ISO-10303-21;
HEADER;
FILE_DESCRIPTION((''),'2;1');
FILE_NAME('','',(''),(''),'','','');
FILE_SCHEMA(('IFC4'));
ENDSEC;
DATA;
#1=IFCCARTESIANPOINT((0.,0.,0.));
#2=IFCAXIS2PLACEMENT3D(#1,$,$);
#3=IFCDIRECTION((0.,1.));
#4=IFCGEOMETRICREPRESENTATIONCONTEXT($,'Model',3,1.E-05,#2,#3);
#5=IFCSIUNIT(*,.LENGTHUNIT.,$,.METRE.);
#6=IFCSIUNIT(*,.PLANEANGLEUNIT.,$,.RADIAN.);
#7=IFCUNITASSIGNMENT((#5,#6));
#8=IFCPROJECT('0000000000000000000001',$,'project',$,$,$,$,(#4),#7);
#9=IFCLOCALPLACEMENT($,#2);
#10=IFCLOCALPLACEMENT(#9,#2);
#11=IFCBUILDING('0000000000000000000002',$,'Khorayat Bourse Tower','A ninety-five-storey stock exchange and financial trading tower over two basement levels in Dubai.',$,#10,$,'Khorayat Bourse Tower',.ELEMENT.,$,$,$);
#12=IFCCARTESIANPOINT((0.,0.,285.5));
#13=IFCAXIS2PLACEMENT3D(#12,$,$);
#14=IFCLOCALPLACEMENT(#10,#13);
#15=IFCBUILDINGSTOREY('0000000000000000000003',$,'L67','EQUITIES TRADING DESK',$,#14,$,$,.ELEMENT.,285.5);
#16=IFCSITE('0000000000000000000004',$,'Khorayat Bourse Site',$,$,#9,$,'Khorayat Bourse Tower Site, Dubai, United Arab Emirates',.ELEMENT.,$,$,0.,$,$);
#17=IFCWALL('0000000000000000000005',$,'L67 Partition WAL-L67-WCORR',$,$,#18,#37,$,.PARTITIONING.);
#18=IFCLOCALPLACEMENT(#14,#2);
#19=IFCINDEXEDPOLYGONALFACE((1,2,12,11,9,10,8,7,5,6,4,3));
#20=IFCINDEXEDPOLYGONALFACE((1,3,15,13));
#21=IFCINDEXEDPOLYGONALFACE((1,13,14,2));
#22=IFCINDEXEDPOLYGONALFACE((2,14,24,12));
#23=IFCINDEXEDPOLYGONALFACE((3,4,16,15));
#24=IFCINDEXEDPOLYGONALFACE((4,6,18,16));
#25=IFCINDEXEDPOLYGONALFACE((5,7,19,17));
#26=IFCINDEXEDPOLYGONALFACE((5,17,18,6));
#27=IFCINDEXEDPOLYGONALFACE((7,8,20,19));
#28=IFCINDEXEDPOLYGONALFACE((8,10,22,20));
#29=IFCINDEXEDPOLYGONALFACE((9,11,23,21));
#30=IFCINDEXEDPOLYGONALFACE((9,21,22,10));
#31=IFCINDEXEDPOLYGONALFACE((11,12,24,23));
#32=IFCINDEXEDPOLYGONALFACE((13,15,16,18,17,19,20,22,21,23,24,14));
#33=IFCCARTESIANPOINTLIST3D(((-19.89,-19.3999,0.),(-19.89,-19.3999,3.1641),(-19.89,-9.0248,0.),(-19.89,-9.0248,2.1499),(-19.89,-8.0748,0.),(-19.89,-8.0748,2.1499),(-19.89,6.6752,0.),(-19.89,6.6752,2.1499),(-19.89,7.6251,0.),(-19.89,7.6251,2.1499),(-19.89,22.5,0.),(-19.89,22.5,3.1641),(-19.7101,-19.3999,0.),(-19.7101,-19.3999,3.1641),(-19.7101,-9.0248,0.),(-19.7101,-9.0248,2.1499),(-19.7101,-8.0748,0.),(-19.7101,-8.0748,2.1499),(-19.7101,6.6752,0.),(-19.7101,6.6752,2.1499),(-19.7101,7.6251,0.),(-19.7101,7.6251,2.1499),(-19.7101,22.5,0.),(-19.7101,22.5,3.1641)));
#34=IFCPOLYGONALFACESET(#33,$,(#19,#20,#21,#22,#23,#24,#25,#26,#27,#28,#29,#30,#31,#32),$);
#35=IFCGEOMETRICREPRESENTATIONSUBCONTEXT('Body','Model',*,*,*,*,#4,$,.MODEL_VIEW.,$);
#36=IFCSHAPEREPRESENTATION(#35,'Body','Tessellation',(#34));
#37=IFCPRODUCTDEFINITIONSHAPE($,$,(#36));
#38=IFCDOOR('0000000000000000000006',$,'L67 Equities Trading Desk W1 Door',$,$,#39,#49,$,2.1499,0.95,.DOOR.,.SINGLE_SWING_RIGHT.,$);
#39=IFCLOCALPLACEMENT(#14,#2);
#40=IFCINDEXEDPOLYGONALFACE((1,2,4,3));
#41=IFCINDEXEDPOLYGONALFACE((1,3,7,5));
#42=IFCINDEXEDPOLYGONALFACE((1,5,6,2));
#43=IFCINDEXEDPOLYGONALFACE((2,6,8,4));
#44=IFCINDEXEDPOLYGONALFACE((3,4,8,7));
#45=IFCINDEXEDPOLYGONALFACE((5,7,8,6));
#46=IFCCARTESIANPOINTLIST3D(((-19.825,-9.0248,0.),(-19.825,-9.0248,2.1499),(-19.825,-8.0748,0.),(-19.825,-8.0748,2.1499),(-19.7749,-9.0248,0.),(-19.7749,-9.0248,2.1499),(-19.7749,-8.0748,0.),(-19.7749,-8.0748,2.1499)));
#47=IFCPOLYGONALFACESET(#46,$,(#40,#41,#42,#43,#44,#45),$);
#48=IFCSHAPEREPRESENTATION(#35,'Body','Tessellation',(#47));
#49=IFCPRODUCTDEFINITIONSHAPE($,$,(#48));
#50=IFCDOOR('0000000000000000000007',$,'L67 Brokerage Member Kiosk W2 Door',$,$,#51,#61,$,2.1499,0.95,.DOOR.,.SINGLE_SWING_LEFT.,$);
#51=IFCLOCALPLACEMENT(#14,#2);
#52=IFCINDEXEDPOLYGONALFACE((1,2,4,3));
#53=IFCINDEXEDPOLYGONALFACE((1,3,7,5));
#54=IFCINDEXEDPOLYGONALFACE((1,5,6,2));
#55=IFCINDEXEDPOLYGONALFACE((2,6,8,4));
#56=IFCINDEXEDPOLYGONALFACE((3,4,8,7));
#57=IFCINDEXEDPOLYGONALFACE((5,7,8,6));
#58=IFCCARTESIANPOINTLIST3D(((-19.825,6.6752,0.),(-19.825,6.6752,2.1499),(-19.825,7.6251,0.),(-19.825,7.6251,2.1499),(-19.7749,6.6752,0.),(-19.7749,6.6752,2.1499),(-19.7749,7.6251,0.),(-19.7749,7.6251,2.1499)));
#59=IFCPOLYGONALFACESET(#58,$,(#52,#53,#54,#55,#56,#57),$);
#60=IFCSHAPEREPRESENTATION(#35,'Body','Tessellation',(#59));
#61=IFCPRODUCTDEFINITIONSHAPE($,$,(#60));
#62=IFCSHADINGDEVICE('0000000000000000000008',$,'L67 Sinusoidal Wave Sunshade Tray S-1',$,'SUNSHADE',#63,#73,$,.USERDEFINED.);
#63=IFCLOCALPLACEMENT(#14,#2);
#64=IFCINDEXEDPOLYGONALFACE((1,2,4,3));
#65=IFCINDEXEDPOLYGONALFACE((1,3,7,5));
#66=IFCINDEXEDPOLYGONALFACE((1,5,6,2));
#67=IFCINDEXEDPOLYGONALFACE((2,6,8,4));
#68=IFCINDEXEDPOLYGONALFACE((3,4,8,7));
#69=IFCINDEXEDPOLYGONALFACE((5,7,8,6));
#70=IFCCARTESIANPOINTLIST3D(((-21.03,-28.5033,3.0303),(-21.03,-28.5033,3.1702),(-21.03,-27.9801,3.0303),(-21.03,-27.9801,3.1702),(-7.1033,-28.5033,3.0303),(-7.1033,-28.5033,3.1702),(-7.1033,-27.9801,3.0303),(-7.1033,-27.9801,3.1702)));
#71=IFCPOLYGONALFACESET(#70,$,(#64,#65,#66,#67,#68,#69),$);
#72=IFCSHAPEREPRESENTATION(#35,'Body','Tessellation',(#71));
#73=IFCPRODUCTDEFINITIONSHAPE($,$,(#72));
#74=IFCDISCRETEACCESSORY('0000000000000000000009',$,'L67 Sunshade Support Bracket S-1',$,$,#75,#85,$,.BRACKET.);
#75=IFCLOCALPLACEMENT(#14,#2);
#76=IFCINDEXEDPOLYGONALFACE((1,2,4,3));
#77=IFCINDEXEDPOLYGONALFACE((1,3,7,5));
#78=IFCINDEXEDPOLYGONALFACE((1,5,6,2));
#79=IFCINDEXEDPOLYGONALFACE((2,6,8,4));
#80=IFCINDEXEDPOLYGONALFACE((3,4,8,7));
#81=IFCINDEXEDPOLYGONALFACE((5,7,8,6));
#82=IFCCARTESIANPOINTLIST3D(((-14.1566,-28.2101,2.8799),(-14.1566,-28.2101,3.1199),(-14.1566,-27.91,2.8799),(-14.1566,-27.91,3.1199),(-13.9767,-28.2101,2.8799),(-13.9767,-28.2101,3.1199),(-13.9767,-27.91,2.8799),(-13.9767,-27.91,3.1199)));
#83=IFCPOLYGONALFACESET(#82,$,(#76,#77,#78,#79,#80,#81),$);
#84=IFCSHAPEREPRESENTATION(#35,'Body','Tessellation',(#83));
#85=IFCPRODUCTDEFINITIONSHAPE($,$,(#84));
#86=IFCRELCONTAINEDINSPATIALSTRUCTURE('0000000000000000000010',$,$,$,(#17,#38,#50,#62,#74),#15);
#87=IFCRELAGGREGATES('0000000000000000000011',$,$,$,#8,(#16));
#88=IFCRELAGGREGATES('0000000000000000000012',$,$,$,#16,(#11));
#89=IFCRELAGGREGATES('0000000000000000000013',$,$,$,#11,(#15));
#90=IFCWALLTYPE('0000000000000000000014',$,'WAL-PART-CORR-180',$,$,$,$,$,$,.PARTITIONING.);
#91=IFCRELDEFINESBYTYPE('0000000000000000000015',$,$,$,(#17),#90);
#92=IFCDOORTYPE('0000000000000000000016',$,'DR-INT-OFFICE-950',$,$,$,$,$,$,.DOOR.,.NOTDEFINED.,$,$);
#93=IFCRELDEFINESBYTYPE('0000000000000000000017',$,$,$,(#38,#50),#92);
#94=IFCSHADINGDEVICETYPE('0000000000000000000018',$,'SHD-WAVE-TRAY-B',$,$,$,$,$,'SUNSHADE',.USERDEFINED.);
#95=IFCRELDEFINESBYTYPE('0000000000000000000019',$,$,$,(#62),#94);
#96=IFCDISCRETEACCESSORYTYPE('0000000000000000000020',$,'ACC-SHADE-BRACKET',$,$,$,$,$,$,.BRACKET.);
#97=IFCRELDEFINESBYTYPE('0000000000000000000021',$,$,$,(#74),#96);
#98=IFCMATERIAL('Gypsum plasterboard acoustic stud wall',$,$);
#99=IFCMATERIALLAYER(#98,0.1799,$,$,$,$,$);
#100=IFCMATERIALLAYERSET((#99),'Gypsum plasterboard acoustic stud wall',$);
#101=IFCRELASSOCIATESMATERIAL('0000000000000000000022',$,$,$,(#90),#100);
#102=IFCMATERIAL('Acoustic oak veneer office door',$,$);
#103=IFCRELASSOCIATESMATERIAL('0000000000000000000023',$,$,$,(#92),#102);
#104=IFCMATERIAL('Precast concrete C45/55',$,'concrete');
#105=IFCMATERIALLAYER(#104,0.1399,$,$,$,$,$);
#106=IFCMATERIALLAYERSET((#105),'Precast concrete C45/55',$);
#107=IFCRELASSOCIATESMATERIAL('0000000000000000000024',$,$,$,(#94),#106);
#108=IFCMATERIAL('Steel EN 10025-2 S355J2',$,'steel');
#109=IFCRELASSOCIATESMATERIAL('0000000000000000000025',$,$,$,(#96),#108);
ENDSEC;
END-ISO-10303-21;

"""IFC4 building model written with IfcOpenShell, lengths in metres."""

from ifc_helpers import new_model, si_unit, direction, frame, frame_2d, origin, origin_2d, place, context, subcontext, project, spatial, rectangle, extrude, source, transform, mapped, material, layer, layer_set, type_object, element, fill, save


model = new_model("IFC4")

# Units and contexts
model_context = context("Model", 3, precision=1e-05, world=origin(), true_north=direction((0.0, 1.0)))
body_context = subcontext(model_context, "Body", "Model", "MODEL_VIEW")
ifc_project = project(units=[si_unit("LENGTHUNIT", "METRE"), si_unit("PLANEANGLEUNIT", "RADIAN")], contexts=[model_context])

# Site, building, storey
site_placement = place(None, origin())
site = spatial("IfcSite", under=ifc_project, at=site_placement, Name="Khorayat Bourse Site", LongName="Khorayat Bourse Tower Site, Dubai, United Arab Emirates", CompositionType="ELEMENT", RefElevation=0.0)
building_placement = place(site_placement, origin())
building = spatial("IfcBuilding", under=site, at=building_placement, Name="Khorayat Bourse Tower", Description="A ninety-five-storey stock exchange and financial trading tower over two basement levels in Dubai.", LongName="Khorayat Bourse Tower", CompositionType="ELEMENT")
storey_placement = place(building_placement, frame((0.0, 0.0, 285.5)))
storey = spatial("IfcBuildingStorey", under=building, at=storey_placement, Name="L67", Description="EQUITIES TRADING DESK", CompositionType="ELEMENT", Elevation=285.5)

# Shared definitions
ifc_material_1 = material(Name="Gypsum plasterboard acoustic stud wall")
ifc_layer_1 = layer(ifc_material_1, 0.1799)
ifc_layer_set_1 = layer_set([ifc_layer_1], Name="Gypsum plasterboard acoustic stud wall")
wall_type_1 = type_object("IfcWallType", Name="WAL-PART-CORR-180", PredefinedType="PARTITIONING", material=ifc_layer_set_1)
ifc_material_2 = material(Name="Acoustic oak veneer office door")
door_type_1 = type_object("IfcDoorType", Name="DR-INT-OFFICE-950", OperationType="NOTDEFINED", PredefinedType="DOOR", material=ifc_material_2)
shared_shape_1 = source(origin(), body_context, "Body", "SweptSolid", [
    extrude(rectangle(XDim=0.95, YDim=2.1499, at=frame_2d((0.4751, 1.075))), frame((0.0, 0.0249, 0.0), z_axis=(0.0, -1.0, 0.0), x_axis=(1.0, 0.0, 0.0)), (0.0, 0.0, 1.0), 0.05),
])

# Wall, openings, doors
shared_shape_2 = source(origin(), body_context, "Body", "SweptSolid", [
    extrude(rectangle(XDim=41.8999, YDim=0.1799, at=frame_2d((20.95, 0.0))), origin(), (0.0, 0.0, 1.0), 3.1641),
])
wall_1_placement = place(storey_placement, frame((-19.8, -19.3999, 0.0), z_axis=(0.0, 0.0, 1.0), x_axis=(0.0, 1.0, 0.0)))
wall_1 = element("IfcWall", 1, at=wall_1_placement, inside=storey, type_object=wall_type_1, Name="L67 Partition WAL-L67-WCORR", PredefinedType="PARTITIONING", context=body_context, shape_type="MappedRepresentation", body=[
    mapped(shared_shape_2, transform((0.0, 0.0, 0.0), scale=1.0)),
])
shared_shape_3 = source(origin(), body_context, "Body", "SweptSolid", [
    extrude(rectangle(XDim=0.95, YDim=2.1499, at=frame_2d((0.4751, 1.075))), frame((0.0, 0.0999, 0.0), z_axis=(0.0, -1.0, 0.0), x_axis=(1.0, 0.0, 0.0)), (0.0, 0.0, 1.0), 0.2),
])
opening_1_placement = place(wall_1_placement, frame((10.375, 0.0, 0.0)))
opening_1 = element("IfcOpeningElement", 2, at=opening_1_placement, cuts=wall_1, PredefinedType="OPENING", context=body_context, shape_type="MappedRepresentation", body=[
    mapped(shared_shape_3, transform((0.0, 0.0, 0.0), scale=1.0)),
])
opening_2_placement = place(wall_1_placement, frame((26.075, 0.0, 0.0)))
opening_2 = element("IfcOpeningElement", 3, at=opening_2_placement, cuts=wall_1, PredefinedType="OPENING", context=body_context, shape_type="MappedRepresentation", body=[
    mapped(shared_shape_3, transform((0.0, 0.0, 0.0), scale=1.0)),
])
door_1_placement = place(opening_1_placement, origin())
door_1 = element("IfcDoor", 4, at=door_1_placement, inside=storey, type_object=door_type_1, Name="L67 Equities Trading Desk W1 Door", OperationType="SINGLE_SWING_RIGHT", OverallHeight=2.1499, OverallWidth=0.95, PredefinedType="DOOR", context=body_context, shape_type="MappedRepresentation", body=[
    mapped(shared_shape_1, transform((0.0, 0.0, 0.0), scale=1.0)),
])
fill(opening_1, door_1)
door_2_placement = place(opening_2_placement, origin())
door_2 = element("IfcDoor", 5, at=door_2_placement, inside=storey, type_object=door_type_1, Name="L67 Brokerage Member Kiosk W2 Door", OperationType="SINGLE_SWING_LEFT", OverallHeight=2.1499, OverallWidth=0.95, PredefinedType="DOOR", context=body_context, shape_type="MappedRepresentation", body=[
    mapped(shared_shape_1, transform((0.0, 0.0, 0.0), scale=1.0)),
])
fill(opening_2, door_2)

# Shading device
ifc_material_3 = material(Name="Precast concrete C45/55", Category="concrete")
ifc_layer_2 = layer(ifc_material_3, 0.1399)
ifc_layer_set_2 = layer_set([ifc_layer_2], Name="Precast concrete C45/55")
shading_device_type = type_object("IfcShadingDeviceType", Name="SHD-WAVE-TRAY-B", ElementType="SUNSHADE", PredefinedType="USERDEFINED", material=ifc_layer_set_2)
shared_shape_4 = source(origin(), body_context, "Body", "SweptSolid", [
    extrude(rectangle(XDim=13.9268, YDim=0.5232, at=origin_2d()), origin(), (0.0, 0.0, 1.0), 0.1399),
])
shading_device_placement = place(storey_placement, frame((-14.0667, -28.2417, 3.0303), z_axis=(0.0, 0.0, 1.0), x_axis=(1.0, 0.0, 0.0)))
element("IfcShadingDevice", 6, at=shading_device_placement, inside=storey, type_object=shading_device_type, Name="L67 Sinusoidal Wave Sunshade Tray S-1", ObjectType="SUNSHADE", PredefinedType="USERDEFINED", context=body_context, shape_type="MappedRepresentation", body=[
    mapped(shared_shape_4, transform((0.0, 0.0, 0.0), scale=1.0)),
])

# Discrete accessory
ifc_material_4 = material(Name="Steel EN 10025-2 S355J2", Category="steel")
discrete_accessory_type = type_object("IfcDiscreteAccessoryType", Name="ACC-SHADE-BRACKET", PredefinedType="BRACKET", material=ifc_material_4)
shared_shape_5 = source(origin(), body_context, "Body", "SweptSolid", [
    extrude(rectangle(XDim=0.1799, YDim=0.3, at=origin_2d()), origin(), (0.0, 0.0, 1.0), 0.24),
])
discrete_accessory_placement = place(storey_placement, frame((-14.0667, -28.0601, 2.8799), z_axis=(0.0, 0.0, 1.0), x_axis=(1.0, 0.0, 0.0)))
element("IfcDiscreteAccessory", 7, at=discrete_accessory_placement, inside=storey, type_object=discrete_accessory_type, Name="L67 Sunshade Support Bracket S-1", PredefinedType="BRACKET", context=body_context, shape_type="MappedRepresentation", body=[
    mapped(shared_shape_5, transform((0.0, 0.0, 0.0), scale=1.0)),
])

save(model, "model.ifc")
